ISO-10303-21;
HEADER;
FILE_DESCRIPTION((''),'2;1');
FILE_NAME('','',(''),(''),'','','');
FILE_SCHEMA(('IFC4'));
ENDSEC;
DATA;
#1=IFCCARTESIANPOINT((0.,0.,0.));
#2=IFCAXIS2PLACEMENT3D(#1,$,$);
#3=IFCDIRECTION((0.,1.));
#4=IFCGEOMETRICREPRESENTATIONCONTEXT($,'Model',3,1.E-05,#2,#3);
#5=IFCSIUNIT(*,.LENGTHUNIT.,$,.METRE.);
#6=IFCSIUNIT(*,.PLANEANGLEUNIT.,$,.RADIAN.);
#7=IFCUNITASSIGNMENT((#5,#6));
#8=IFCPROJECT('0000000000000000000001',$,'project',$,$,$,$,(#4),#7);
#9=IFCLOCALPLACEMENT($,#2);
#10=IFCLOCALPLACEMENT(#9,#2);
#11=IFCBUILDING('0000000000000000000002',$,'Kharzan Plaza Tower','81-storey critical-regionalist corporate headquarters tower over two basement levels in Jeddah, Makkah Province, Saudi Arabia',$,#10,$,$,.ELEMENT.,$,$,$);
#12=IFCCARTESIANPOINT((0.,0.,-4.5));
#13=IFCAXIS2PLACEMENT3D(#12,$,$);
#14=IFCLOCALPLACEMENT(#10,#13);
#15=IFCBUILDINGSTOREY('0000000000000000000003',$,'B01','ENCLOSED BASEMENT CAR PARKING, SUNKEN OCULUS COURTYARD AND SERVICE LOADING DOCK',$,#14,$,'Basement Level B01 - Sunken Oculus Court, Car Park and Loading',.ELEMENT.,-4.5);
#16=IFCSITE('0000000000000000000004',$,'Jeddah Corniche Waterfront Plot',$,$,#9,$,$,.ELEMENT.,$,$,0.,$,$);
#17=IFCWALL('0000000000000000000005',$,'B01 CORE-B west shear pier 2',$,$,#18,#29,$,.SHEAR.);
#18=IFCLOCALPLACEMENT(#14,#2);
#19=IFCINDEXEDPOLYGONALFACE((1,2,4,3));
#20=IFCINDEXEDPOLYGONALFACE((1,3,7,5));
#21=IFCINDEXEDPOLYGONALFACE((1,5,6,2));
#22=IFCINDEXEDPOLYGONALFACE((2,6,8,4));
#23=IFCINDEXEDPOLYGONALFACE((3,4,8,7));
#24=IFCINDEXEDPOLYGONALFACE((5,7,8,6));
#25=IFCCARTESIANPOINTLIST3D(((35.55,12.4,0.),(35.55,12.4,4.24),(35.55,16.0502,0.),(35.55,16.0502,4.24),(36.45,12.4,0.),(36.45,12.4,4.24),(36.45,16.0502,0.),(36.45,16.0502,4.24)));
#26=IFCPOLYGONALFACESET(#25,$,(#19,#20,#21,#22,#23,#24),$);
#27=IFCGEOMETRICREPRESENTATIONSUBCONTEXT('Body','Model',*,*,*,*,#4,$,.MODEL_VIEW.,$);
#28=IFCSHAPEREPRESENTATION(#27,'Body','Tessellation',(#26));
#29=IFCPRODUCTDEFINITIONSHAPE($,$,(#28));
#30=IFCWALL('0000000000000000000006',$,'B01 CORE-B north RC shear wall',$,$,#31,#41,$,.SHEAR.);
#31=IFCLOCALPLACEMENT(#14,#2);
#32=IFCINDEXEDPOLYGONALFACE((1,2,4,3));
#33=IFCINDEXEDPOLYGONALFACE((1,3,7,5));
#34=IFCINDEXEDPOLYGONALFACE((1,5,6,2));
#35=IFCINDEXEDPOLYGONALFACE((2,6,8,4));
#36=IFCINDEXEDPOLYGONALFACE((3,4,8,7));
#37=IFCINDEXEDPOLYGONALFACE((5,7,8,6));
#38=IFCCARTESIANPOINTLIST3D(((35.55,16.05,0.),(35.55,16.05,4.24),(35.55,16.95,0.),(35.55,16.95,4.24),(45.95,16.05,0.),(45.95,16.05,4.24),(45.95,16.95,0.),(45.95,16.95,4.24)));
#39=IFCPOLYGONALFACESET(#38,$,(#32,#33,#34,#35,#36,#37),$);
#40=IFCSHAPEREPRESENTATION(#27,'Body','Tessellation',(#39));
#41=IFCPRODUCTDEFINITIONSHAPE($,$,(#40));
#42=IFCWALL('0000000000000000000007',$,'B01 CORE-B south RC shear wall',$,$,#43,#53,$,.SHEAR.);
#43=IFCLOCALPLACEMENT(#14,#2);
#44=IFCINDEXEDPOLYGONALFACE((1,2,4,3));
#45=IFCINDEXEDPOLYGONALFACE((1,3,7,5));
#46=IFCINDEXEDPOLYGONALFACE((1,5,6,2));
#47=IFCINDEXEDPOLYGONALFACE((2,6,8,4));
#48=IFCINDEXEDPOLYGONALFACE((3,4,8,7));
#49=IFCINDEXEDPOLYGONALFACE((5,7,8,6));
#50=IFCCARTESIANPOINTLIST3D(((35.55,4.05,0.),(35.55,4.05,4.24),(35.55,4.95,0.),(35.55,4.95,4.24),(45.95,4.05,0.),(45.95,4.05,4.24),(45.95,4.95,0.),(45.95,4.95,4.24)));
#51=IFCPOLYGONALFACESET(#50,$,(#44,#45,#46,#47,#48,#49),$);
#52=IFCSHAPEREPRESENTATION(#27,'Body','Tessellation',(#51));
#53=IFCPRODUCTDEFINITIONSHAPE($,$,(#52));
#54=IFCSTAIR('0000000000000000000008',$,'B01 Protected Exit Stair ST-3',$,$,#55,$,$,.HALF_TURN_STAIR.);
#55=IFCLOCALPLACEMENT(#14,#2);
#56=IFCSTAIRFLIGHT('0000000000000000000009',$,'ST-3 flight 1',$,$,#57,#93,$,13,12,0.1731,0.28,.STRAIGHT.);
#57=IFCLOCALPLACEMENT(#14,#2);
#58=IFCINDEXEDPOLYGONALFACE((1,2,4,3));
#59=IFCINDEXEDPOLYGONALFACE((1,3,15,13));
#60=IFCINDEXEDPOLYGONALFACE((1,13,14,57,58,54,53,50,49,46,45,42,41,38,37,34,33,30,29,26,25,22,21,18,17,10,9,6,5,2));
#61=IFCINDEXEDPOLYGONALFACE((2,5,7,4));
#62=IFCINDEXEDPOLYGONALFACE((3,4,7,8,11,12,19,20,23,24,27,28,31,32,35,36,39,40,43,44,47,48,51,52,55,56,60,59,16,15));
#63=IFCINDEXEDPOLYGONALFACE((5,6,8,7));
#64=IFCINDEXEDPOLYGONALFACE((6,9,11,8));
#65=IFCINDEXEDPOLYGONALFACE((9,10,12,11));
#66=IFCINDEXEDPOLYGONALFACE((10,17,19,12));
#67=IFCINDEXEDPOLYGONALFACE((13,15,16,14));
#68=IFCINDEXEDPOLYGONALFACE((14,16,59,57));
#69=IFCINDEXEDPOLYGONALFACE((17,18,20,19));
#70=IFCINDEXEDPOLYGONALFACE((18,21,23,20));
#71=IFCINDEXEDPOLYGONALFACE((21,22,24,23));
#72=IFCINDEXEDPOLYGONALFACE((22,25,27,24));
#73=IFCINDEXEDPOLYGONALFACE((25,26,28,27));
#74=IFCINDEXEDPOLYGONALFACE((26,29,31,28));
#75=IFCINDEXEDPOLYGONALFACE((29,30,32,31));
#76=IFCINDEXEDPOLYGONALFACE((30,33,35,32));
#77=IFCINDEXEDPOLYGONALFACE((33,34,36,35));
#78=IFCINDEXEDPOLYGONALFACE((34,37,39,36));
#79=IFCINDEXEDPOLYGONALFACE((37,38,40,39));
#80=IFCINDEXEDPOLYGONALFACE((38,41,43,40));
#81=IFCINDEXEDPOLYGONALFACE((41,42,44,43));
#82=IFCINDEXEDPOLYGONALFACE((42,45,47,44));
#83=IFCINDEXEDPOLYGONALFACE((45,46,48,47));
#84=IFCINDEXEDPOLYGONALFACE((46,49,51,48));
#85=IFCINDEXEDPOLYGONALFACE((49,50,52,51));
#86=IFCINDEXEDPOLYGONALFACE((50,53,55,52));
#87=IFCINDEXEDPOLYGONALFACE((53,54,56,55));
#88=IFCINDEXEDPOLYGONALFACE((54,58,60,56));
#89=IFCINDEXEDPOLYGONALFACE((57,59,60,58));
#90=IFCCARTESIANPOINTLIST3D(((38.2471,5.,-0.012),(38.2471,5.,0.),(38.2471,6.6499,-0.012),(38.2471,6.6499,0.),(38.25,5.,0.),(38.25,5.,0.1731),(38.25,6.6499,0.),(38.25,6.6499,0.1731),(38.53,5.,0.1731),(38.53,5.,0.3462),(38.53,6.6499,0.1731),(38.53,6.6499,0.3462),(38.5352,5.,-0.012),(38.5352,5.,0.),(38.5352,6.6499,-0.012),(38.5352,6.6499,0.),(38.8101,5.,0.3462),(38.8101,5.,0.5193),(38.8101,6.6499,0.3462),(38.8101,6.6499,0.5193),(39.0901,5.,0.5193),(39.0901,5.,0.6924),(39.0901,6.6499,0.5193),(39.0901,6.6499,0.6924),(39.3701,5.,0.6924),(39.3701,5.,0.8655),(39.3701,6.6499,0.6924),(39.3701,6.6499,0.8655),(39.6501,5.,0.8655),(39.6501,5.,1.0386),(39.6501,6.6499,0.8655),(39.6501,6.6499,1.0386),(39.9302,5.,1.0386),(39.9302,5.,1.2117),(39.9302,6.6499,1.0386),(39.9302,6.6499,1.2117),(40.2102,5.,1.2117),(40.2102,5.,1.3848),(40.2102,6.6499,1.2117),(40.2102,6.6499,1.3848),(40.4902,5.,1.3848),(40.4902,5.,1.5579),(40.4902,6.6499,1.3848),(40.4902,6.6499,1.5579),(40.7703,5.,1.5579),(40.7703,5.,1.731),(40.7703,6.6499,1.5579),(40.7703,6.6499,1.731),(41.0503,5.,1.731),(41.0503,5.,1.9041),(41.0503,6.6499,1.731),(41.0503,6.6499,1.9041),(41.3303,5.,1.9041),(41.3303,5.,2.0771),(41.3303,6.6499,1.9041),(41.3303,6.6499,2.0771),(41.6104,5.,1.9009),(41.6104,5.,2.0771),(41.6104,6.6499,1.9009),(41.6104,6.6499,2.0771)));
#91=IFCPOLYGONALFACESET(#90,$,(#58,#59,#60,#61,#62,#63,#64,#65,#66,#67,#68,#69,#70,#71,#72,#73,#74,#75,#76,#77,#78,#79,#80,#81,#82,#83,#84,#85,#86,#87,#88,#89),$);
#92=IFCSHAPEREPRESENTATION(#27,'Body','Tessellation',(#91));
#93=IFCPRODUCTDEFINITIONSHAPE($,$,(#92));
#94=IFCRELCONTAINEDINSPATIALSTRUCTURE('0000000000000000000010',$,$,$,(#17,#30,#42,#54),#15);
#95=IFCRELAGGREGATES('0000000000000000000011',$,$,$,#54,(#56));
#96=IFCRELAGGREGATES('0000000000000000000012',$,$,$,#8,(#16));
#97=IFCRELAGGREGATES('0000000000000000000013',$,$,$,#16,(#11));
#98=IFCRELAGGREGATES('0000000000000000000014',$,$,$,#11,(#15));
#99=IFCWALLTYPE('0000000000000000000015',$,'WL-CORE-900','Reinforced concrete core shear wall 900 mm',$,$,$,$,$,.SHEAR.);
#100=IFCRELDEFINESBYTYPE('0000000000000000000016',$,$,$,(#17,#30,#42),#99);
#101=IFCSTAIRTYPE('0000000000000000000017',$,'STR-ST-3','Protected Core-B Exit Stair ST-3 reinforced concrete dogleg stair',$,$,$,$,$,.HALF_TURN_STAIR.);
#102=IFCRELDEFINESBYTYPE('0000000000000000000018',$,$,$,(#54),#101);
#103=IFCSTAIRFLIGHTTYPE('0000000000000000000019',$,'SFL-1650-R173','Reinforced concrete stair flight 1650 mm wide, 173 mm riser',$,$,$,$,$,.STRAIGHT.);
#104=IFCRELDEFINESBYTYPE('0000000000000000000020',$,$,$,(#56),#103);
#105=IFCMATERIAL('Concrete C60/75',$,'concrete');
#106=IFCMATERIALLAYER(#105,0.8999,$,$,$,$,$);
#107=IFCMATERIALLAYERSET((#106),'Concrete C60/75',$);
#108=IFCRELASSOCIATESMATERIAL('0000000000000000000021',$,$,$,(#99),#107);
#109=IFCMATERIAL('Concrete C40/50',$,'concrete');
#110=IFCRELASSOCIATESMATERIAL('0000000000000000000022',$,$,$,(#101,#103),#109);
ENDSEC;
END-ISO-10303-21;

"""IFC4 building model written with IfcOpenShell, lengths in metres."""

from ifc_helpers import new_model, si_unit, direction, frame, frame_2d, origin, place, context, subcontext, project, spatial, polyline, rectangle, outline, extrude, source, transform, mapped, material, layer, layer_set, type_object, element, aggregate, save


model = new_model("IFC4")

# Units and contexts
model_context = context("Model", 3, precision=1e-05, world=origin(), true_north=direction((0.0, 1.0)))
body_context = subcontext(model_context, "Body", "Model", "MODEL_VIEW")
ifc_project = project(units=[si_unit("LENGTHUNIT", "METRE"), si_unit("PLANEANGLEUNIT", "RADIAN")], contexts=[model_context])

# Site, building, storey
site_placement = place(None, origin())
site = spatial("IfcSite", under=ifc_project, at=site_placement, Name="Jeddah Corniche Waterfront Plot", CompositionType="ELEMENT", RefElevation=0.0)
building_placement = place(site_placement, origin())
building = spatial("IfcBuilding", under=site, at=building_placement, Name="Kharzan Plaza Tower", Description="81-storey critical-regionalist corporate headquarters tower over two basement levels in Jeddah, Makkah Province, Saudi Arabia", CompositionType="ELEMENT")
storey_placement = place(building_placement, frame((0.0, 0.0, -4.5)))
storey = spatial("IfcBuildingStorey", under=building, at=storey_placement, Name="B01", Description="ENCLOSED BASEMENT CAR PARKING, SUNKEN OCULUS COURTYARD AND SERVICE LOADING DOCK", LongName="Basement Level B01 - Sunken Oculus Court, Car Park and Loading", CompositionType="ELEMENT", Elevation=-4.5)

# Shared definitions
ifc_material_1 = material(Name="Concrete C60/75", Category="concrete")

# Walls
ifc_layer_1 = layer(ifc_material_1, 0.8999)
ifc_layer_set_1 = layer_set([ifc_layer_1], Name="Concrete C60/75")
wall_type_1 = type_object("IfcWallType", Name="WL-CORE-900", Description="Reinforced concrete core shear wall 900 mm", PredefinedType="SHEAR", material=ifc_layer_set_1)
shared_shape_1 = source(origin(), body_context, "Body", "SweptSolid", [
    extrude(rectangle(XDim=3.6501, YDim=0.8999, at=frame_2d((1.8252, 0.0))), origin(), (0.0, 0.0, 1.0), 4.24),
])
wall_1_placement = place(storey_placement, frame((36.0, 12.3999, 0.0), z_axis=(0.0, 0.0, 1.0), x_axis=(0.0, 1.0, 0.0)))
element("IfcWall", 1, at=wall_1_placement, inside=storey, type_object=wall_type_1, Name="B01 CORE-B west shear pier 2", PredefinedType="SHEAR", context=body_context, shape_type="MappedRepresentation", body=[
    mapped(shared_shape_1, transform((0.0, 0.0, 0.0), x_axis=(1.0, 0.0, 0.0), y_axis=(0.0, 1.0, 0.0), z_axis=(0.0, 0.0, 1.0))),
])
shared_shape_2 = source(origin(), body_context, "Body", "SweptSolid", [
    extrude(rectangle(XDim=10.3999, YDim=0.8999, at=frame_2d((5.2, 0.0))), origin(), (0.0, 0.0, 1.0), 4.24),
])
for number, where, z_axis, x_axis, name in (
    (2, (35.55, 16.5, 0.0), (0.0, 0.0, 1.0), (1.0, 0.0, 0.0), "B01 CORE-B north RC shear wall"),
    (3, (35.55, 4.5, 0.0), (0.0, 0.0, 1.0), (1.0, 0.0, 0.0), "B01 CORE-B south RC shear wall"),
):
    element("IfcWall", number, at=place(storey_placement, frame(where, z_axis=z_axis, x_axis=x_axis)), inside=storey, type_object=wall_type_1, Name=name, PredefinedType="SHEAR", context=body_context, shape_type="MappedRepresentation", body=[
        mapped(shared_shape_2, transform((0.0, 0.0, 0.0), x_axis=(1.0, 0.0, 0.0), y_axis=(0.0, 1.0, 0.0), z_axis=(0.0, 0.0, 1.0))),
    ])

# Stair, stair flight
ifc_material_2 = material(Name="Concrete C40/50", Category="concrete")
stair_type = type_object("IfcStairType", Name="STR-ST-3", Description="Protected Core-B Exit Stair ST-3 reinforced concrete dogleg stair", PredefinedType="HALF_TURN_STAIR", material=ifc_material_2)
stair_placement = place(storey_placement, origin())
stair = element("IfcStair", 4, at=stair_placement, inside=storey, type_object=stair_type, Name="B01 Protected Exit Stair ST-3", PredefinedType="HALF_TURN_STAIR")
stair_flight_type = type_object("IfcStairFlightType", Name="SFL-1650-R173", Description="Reinforced concrete stair flight 1650 mm wide, 173 mm riser", PredefinedType="STRAIGHT", material=ifc_material_2)
shared_shape_3 = source(origin(), body_context, "Body", "SweptSolid", [
    extrude(outline(polyline([(-0.0029, -0.012), (-0.0029, 0.0), (0.0, 0.0), (0.0, 0.1731), (0.28, 0.1731), (0.28, 0.3462), (0.5601, 0.3462), (0.5601, 0.5193), (0.8401, 0.5193), (0.8401, 0.6924), (1.1201, 0.6924), (1.1201, 0.8655), (1.4001, 0.8655), (1.4001, 1.0386), (1.6802, 1.0386), (1.6802, 1.2117), (1.9602, 1.2117), (1.9602, 1.3848), (2.2402, 1.3848), (2.2402, 1.5579), (2.5203, 1.5579), (2.5203, 1.731), (2.8003, 1.731), (2.8003, 1.9041), (3.0803, 1.9041), (3.0803, 2.0771), (3.3604, 2.0771), (3.3604, 2.2502), (3.3604, 1.9009), (0.2852, 0.0), (0.2852, -0.012), (-0.0029, -0.012)])), frame((0.0, 0.825, 0.0), z_axis=(0.0, -1.0, 0.0), x_axis=(1.0, 0.0, 0.0)), (0.0, 0.0, 1.0), 1.6499),
])
stair_flight_placement = place(storey_placement, frame((38.25, 5.825, 0.0), z_axis=(0.0, 0.0, 1.0), x_axis=(1.0, 0.0, 0.0)))
stair_flight = element("IfcStairFlight", 5, at=stair_flight_placement, type_object=stair_flight_type, Name="ST-3 flight 1", NumberOfRisers=13, NumberOfTreads=12, PredefinedType="STRAIGHT", RiserHeight=0.1731, TreadLength=0.28, context=body_context, shape_type="MappedRepresentation", body=[
    mapped(shared_shape_3, transform((0.0, 0.0, 0.0), x_axis=(1.0, 0.0, 0.0), y_axis=(0.0, 1.0, 0.0), z_axis=(0.0, 0.0, 1.0))),
])
aggregate(stair, [stair_flight])

save(model, "model.ifc")
